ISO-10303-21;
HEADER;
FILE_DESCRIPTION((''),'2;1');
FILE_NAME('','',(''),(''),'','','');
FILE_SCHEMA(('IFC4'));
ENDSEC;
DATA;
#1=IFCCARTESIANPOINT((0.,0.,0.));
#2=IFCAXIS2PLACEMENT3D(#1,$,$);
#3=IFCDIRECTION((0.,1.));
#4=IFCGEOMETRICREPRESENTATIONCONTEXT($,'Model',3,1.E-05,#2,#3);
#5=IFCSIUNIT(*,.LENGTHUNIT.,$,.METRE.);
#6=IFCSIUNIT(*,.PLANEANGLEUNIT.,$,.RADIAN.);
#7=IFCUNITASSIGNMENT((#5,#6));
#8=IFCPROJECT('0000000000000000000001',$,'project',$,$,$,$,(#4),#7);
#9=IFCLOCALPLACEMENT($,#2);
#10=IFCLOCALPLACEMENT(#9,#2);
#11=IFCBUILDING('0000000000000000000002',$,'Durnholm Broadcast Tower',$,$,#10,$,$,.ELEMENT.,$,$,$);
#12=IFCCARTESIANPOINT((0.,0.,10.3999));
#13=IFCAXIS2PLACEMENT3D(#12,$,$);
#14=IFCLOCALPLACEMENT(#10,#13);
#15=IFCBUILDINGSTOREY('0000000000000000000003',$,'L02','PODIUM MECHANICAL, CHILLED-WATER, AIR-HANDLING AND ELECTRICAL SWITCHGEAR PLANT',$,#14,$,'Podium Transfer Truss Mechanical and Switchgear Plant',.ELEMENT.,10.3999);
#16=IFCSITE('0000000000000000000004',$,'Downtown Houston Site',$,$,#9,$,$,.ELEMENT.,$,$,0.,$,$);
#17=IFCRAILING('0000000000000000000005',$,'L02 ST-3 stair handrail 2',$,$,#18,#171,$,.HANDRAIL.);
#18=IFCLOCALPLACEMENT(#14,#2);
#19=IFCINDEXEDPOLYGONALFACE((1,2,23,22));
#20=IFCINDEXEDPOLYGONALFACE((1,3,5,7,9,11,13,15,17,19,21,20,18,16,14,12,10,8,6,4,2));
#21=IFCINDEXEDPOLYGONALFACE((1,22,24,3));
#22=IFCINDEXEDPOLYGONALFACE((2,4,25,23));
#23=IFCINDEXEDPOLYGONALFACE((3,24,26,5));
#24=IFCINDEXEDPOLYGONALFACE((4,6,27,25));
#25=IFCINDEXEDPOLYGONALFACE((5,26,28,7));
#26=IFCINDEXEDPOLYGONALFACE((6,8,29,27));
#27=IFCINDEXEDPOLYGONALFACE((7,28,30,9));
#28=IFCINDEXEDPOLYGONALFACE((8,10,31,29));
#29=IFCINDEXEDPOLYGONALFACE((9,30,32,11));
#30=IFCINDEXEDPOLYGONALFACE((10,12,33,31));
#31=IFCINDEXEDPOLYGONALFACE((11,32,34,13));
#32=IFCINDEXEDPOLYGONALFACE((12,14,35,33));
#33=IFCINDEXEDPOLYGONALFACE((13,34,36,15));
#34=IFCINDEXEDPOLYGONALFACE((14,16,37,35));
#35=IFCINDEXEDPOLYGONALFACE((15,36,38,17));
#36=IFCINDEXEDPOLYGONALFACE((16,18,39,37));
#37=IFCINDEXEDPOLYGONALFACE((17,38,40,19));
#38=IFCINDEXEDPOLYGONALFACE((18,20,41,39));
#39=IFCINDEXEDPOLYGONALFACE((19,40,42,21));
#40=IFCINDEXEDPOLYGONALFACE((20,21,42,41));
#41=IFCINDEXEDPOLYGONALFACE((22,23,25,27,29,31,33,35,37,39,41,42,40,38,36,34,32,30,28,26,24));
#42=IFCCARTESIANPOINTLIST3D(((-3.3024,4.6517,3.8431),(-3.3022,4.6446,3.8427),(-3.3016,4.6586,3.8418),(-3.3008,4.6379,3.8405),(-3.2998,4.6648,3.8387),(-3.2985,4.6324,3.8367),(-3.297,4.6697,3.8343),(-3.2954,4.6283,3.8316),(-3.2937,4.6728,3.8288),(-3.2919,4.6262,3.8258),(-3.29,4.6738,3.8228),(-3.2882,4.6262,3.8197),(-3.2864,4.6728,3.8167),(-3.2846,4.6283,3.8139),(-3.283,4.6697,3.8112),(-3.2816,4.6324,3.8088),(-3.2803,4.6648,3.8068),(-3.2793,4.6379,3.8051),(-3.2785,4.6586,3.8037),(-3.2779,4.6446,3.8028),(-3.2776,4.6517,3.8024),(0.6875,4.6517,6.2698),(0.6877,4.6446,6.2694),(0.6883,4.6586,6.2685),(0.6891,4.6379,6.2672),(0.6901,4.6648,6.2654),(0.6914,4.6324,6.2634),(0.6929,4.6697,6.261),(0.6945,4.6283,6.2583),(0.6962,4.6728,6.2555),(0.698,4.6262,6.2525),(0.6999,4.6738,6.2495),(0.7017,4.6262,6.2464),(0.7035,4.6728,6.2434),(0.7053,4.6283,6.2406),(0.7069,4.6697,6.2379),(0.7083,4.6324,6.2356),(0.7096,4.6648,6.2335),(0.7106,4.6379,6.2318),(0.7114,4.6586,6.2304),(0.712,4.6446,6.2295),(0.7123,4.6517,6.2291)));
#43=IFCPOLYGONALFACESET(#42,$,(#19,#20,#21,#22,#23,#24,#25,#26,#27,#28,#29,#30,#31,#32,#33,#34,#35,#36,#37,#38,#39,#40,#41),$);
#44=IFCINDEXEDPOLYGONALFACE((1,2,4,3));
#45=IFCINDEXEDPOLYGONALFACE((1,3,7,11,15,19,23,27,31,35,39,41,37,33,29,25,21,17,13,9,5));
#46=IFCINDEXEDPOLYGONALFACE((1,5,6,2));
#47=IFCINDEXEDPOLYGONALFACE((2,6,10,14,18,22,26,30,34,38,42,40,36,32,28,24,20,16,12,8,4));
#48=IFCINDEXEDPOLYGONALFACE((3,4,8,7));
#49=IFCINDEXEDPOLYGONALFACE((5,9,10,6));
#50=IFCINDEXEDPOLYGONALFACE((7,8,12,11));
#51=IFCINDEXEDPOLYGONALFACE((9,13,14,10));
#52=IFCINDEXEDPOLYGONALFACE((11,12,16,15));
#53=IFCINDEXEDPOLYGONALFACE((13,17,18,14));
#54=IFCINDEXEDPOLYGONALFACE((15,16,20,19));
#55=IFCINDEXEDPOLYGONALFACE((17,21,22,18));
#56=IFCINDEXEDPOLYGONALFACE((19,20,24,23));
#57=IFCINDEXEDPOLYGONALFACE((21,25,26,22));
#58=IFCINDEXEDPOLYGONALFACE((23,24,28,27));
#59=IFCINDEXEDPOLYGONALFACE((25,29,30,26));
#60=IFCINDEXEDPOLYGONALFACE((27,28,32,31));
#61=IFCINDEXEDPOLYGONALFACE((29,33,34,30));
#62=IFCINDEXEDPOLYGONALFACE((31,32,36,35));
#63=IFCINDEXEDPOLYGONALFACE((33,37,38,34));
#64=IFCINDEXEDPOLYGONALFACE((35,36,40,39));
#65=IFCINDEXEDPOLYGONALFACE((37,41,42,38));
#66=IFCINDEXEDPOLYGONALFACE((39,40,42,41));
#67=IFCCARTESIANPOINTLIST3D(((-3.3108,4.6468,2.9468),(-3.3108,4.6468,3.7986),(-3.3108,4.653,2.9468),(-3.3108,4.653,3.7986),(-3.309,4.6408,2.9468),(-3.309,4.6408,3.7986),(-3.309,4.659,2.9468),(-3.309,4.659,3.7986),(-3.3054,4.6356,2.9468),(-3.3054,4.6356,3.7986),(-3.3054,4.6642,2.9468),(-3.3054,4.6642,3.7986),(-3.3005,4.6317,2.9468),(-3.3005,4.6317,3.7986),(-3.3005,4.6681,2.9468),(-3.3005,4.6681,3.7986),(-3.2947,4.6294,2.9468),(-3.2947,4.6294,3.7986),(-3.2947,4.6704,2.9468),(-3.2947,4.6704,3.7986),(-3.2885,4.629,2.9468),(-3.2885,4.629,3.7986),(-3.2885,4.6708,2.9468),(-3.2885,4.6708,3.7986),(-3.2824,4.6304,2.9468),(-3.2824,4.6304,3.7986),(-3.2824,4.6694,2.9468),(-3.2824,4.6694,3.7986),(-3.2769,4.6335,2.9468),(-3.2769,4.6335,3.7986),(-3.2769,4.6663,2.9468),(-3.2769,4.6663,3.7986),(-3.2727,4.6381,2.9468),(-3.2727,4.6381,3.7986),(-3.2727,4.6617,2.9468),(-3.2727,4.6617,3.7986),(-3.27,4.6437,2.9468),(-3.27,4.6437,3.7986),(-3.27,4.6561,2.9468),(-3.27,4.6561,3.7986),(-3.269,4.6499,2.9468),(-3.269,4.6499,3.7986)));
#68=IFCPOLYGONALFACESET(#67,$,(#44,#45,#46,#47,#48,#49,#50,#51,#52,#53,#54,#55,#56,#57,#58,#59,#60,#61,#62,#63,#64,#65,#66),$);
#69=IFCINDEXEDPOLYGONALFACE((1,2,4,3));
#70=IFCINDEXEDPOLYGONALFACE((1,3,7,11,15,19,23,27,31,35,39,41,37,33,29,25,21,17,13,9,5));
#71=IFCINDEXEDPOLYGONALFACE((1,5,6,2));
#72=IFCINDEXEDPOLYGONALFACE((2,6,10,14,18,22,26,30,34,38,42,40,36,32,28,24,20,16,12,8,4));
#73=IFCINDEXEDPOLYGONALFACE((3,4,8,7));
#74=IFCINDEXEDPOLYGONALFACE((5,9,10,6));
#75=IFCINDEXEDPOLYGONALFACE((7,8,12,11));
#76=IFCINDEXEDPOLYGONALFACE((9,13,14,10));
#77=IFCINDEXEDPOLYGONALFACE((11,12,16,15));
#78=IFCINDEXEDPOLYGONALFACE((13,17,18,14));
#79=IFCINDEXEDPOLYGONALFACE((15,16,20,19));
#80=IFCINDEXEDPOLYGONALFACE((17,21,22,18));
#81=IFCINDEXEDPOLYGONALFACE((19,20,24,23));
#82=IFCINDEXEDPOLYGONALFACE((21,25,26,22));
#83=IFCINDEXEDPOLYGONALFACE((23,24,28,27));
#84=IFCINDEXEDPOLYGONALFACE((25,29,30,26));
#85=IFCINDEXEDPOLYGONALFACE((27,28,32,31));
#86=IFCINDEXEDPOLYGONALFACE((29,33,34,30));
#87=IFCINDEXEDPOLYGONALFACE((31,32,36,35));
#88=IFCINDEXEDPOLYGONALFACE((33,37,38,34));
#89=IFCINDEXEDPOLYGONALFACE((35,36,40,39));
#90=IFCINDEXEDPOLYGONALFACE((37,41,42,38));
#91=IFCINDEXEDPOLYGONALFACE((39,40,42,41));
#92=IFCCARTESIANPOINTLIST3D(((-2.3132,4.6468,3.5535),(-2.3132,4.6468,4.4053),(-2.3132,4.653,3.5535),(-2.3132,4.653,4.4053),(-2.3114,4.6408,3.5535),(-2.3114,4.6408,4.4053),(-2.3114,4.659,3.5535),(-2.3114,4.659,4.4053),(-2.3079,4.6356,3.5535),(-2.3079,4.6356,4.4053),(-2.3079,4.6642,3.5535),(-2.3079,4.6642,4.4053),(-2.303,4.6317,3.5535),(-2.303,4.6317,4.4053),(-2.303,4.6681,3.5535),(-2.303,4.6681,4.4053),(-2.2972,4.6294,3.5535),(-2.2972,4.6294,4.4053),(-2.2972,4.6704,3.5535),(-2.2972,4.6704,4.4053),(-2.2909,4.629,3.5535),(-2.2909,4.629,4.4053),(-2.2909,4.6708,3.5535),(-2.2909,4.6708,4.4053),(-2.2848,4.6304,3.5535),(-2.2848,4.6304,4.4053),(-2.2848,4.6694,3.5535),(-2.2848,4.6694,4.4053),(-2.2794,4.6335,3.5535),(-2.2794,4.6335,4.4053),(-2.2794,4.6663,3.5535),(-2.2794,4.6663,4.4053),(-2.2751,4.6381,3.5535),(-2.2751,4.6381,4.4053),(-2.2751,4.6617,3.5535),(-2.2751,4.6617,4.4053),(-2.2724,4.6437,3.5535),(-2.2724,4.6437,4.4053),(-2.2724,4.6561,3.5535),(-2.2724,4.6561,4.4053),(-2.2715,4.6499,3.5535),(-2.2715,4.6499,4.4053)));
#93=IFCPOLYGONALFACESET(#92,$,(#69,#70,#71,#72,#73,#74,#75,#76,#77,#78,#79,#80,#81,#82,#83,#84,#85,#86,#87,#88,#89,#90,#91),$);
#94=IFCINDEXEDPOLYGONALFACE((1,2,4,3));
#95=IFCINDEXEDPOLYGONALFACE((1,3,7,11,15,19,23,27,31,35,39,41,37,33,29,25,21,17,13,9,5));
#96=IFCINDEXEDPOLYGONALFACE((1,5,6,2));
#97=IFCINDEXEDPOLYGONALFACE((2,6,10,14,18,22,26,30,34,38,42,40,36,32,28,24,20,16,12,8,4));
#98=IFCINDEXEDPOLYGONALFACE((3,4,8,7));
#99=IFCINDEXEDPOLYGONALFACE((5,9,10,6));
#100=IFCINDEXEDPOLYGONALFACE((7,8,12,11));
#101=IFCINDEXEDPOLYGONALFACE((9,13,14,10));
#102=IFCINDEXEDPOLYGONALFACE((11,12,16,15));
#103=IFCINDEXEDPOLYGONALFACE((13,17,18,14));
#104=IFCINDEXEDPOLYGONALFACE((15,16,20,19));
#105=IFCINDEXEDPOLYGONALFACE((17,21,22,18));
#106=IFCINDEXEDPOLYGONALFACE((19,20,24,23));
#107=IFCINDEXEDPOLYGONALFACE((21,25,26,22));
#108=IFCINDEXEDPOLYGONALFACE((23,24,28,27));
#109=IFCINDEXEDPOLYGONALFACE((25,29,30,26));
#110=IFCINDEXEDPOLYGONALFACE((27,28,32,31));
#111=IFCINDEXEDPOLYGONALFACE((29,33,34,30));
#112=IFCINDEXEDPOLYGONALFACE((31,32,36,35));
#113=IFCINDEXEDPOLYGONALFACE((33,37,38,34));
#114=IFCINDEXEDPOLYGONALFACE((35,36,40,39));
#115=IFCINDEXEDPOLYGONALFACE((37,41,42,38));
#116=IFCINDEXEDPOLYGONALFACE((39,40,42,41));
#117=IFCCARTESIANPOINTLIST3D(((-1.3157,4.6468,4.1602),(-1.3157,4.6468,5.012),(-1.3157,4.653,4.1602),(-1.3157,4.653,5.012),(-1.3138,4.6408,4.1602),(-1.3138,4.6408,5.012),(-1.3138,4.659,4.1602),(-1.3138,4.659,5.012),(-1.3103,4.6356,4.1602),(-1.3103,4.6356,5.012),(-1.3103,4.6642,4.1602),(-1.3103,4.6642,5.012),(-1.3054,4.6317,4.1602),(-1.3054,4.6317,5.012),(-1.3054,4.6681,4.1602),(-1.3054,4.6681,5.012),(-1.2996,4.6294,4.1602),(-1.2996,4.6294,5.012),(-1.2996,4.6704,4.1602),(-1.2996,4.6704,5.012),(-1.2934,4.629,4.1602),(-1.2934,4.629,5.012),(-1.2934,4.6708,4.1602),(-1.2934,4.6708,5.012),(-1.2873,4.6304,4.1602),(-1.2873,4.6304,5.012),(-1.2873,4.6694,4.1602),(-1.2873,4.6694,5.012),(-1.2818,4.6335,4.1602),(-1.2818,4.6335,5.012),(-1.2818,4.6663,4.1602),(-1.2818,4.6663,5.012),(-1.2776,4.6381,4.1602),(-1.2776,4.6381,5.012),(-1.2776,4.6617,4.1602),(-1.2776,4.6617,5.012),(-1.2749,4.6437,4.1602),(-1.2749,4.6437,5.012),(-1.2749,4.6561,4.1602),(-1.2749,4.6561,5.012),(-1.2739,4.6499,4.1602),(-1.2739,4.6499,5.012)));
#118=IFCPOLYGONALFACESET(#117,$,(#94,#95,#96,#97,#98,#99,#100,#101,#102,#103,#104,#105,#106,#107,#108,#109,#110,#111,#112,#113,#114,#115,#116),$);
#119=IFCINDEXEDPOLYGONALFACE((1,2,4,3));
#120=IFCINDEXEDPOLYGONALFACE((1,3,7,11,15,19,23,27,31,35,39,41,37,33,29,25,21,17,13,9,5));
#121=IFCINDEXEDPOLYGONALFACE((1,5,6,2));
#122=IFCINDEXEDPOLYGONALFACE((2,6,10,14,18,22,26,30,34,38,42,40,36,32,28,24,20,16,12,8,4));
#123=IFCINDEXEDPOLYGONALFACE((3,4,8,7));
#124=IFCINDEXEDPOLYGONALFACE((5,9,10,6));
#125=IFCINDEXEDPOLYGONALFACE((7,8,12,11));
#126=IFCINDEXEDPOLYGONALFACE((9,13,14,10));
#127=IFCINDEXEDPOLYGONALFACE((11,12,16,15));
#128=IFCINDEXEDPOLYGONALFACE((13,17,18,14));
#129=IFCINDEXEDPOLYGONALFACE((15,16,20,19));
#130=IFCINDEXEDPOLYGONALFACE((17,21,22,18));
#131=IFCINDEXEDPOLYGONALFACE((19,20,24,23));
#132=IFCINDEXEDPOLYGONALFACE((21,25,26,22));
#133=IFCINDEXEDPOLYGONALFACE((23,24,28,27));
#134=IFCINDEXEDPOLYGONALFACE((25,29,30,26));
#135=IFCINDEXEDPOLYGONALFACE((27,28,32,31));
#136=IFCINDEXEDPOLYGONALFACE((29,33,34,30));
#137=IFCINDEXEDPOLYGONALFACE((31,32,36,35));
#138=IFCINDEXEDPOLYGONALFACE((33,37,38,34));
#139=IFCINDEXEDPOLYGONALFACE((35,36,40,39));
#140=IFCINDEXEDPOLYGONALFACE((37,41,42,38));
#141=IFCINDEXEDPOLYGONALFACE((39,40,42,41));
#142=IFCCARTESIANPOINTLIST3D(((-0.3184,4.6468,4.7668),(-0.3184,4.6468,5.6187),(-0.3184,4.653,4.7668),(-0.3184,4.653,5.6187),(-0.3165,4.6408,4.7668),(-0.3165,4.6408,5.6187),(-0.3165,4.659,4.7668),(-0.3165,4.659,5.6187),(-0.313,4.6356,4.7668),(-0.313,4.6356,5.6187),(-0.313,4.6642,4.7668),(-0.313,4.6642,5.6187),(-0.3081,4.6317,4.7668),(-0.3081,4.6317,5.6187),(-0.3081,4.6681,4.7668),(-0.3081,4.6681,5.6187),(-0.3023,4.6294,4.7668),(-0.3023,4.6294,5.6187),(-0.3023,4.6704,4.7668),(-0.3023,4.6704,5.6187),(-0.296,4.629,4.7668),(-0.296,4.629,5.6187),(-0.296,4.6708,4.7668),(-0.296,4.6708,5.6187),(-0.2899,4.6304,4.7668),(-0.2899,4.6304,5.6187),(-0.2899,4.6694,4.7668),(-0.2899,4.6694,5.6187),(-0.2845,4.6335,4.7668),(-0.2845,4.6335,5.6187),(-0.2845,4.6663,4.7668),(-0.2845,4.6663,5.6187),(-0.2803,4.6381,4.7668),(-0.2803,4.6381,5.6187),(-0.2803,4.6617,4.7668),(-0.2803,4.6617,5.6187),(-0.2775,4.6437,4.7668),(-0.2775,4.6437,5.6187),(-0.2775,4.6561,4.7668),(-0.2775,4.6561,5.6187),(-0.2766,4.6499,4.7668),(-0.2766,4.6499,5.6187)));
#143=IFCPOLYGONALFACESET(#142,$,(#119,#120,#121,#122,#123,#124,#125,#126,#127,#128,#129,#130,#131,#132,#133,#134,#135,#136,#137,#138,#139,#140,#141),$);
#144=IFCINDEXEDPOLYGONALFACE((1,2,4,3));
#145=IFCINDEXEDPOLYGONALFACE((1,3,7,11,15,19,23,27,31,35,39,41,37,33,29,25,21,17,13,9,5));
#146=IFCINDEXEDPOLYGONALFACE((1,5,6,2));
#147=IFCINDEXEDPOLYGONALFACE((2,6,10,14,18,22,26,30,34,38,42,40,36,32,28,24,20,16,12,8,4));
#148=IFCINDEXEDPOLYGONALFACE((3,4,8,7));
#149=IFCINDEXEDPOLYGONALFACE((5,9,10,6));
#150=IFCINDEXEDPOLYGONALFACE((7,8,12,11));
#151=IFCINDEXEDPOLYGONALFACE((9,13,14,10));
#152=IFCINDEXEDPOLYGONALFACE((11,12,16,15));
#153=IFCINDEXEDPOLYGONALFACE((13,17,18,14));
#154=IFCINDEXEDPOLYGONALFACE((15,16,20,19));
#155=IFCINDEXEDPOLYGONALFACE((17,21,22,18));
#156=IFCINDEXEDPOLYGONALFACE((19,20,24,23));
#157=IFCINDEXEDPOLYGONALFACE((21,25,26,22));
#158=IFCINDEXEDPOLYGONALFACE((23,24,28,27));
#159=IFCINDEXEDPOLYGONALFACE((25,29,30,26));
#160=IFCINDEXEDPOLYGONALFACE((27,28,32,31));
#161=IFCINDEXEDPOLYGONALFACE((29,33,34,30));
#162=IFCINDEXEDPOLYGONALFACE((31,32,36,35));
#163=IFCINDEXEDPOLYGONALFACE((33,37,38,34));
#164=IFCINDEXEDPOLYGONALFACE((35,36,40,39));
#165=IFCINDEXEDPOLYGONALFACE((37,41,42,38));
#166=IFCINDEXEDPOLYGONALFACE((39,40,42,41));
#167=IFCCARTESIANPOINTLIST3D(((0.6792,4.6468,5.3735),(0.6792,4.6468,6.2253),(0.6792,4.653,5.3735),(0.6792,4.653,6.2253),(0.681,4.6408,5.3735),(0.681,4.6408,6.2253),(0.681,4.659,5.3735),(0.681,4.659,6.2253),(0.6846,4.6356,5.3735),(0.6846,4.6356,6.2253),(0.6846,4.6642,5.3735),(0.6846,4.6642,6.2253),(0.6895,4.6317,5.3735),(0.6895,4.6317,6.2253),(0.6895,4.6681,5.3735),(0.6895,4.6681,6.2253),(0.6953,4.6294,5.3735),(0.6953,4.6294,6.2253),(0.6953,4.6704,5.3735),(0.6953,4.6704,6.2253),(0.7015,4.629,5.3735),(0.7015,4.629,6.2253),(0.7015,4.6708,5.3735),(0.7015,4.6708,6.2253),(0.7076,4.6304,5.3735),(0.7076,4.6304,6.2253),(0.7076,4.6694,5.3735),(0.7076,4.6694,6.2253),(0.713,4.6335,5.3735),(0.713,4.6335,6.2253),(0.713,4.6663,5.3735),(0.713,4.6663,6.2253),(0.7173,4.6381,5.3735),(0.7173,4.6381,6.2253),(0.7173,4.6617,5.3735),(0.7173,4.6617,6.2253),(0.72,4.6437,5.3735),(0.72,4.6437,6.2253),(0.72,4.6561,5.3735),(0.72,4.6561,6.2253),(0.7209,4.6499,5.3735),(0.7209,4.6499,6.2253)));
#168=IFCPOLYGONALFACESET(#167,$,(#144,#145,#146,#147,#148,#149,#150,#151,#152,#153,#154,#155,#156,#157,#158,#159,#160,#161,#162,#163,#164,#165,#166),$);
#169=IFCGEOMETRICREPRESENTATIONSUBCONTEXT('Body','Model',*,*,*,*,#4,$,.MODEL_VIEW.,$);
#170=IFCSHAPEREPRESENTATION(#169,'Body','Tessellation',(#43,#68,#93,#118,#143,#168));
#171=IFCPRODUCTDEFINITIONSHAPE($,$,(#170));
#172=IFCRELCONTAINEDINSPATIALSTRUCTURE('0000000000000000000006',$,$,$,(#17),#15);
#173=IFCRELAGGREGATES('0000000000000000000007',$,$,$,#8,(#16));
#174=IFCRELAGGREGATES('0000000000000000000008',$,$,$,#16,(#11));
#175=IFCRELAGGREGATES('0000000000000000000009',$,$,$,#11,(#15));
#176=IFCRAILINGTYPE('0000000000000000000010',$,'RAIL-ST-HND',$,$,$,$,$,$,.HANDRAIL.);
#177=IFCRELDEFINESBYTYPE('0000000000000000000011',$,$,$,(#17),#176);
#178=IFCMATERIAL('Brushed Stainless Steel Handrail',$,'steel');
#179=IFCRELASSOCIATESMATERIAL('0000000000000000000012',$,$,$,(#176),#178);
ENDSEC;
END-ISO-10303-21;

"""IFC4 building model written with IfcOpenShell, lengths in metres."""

from ifc_helpers import new_model, si_unit, direction, frame, origin, origin_2d, place, context, subcontext, project, spatial, circle, extrude, material, type_object, element, save


model = new_model("IFC4")

# Units and contexts
model_context = context("Model", 3, precision=1e-05, world=origin(), true_north=direction((0.0, 1.0)))
body_context = subcontext(model_context, "Body", "Model", "MODEL_VIEW")
ifc_project = project(units=[si_unit("LENGTHUNIT", "METRE"), si_unit("PLANEANGLEUNIT", "RADIAN")], contexts=[model_context])

# Site, building, storey
site_placement = place(None, origin())
site = spatial("IfcSite", under=ifc_project, at=site_placement, Name="Downtown Houston Site", CompositionType="ELEMENT", RefElevation=0.0)
building_placement = place(site_placement, origin())
building = spatial("IfcBuilding", under=site, at=building_placement, Name="Durnholm Broadcast Tower", CompositionType="ELEMENT")
storey_placement = place(building_placement, frame((0.0, 0.0, 10.3999)))
storey = spatial("IfcBuildingStorey", under=building, at=storey_placement, Name="L02", Description="PODIUM MECHANICAL, CHILLED-WATER, AIR-HANDLING AND ELECTRICAL SWITCHGEAR PLANT", LongName="Podium Transfer Truss Mechanical and Switchgear Plant", CompositionType="ELEMENT", Elevation=10.3999)

# Railing
ifc_material_1 = material(Name="Brushed Stainless Steel Handrail", Category="steel")
railing_type_1 = type_object("IfcRailingType", Name="RAIL-ST-HND", PredefinedType="HANDRAIL", material=ifc_material_1)
railing_1_placement = place(storey_placement, frame((-3.29, 4.6499, 2.9468)))
element("IfcRailing", 1, at=railing_1_placement, inside=storey, type_object=railing_type_1, Name="L02 ST-3 stair handrail 2", PredefinedType="HANDRAIL", context=body_context, shape_type="SweptSolid", body=[
    extrude(circle(Radius=0.0239, at=origin_2d()), frame((0.0, 0.0, 0.876), z_axis=(0.854382, 0.0, 0.519645), x_axis=(0.0, 1.0, 0.0)), (0.0, 0.0, 1.0), 4.6699),
    extrude(circle(Radius=0.021, at=origin_2d()), origin(), (0.0, 0.0, 1.0), 0.8518),
    extrude(circle(Radius=0.021, at=origin_2d()), frame((0.9976, 0.0, 0.6067)), (0.0, 0.0, 1.0), 0.8518),
    extrude(circle(Radius=0.021, at=origin_2d()), frame((1.9951, 0.0, 1.2134)), (0.0, 0.0, 1.0), 0.8518),
    extrude(circle(Radius=0.021, at=origin_2d()), frame((2.9924, 0.0, 1.8201)), (0.0, 0.0, 1.0), 0.8518),
    extrude(circle(Radius=0.021, at=origin_2d()), frame((3.99, 0.0, 2.4268)), (0.0, 0.0, 1.0), 0.8518),
])

save(model, "model.ifc")
